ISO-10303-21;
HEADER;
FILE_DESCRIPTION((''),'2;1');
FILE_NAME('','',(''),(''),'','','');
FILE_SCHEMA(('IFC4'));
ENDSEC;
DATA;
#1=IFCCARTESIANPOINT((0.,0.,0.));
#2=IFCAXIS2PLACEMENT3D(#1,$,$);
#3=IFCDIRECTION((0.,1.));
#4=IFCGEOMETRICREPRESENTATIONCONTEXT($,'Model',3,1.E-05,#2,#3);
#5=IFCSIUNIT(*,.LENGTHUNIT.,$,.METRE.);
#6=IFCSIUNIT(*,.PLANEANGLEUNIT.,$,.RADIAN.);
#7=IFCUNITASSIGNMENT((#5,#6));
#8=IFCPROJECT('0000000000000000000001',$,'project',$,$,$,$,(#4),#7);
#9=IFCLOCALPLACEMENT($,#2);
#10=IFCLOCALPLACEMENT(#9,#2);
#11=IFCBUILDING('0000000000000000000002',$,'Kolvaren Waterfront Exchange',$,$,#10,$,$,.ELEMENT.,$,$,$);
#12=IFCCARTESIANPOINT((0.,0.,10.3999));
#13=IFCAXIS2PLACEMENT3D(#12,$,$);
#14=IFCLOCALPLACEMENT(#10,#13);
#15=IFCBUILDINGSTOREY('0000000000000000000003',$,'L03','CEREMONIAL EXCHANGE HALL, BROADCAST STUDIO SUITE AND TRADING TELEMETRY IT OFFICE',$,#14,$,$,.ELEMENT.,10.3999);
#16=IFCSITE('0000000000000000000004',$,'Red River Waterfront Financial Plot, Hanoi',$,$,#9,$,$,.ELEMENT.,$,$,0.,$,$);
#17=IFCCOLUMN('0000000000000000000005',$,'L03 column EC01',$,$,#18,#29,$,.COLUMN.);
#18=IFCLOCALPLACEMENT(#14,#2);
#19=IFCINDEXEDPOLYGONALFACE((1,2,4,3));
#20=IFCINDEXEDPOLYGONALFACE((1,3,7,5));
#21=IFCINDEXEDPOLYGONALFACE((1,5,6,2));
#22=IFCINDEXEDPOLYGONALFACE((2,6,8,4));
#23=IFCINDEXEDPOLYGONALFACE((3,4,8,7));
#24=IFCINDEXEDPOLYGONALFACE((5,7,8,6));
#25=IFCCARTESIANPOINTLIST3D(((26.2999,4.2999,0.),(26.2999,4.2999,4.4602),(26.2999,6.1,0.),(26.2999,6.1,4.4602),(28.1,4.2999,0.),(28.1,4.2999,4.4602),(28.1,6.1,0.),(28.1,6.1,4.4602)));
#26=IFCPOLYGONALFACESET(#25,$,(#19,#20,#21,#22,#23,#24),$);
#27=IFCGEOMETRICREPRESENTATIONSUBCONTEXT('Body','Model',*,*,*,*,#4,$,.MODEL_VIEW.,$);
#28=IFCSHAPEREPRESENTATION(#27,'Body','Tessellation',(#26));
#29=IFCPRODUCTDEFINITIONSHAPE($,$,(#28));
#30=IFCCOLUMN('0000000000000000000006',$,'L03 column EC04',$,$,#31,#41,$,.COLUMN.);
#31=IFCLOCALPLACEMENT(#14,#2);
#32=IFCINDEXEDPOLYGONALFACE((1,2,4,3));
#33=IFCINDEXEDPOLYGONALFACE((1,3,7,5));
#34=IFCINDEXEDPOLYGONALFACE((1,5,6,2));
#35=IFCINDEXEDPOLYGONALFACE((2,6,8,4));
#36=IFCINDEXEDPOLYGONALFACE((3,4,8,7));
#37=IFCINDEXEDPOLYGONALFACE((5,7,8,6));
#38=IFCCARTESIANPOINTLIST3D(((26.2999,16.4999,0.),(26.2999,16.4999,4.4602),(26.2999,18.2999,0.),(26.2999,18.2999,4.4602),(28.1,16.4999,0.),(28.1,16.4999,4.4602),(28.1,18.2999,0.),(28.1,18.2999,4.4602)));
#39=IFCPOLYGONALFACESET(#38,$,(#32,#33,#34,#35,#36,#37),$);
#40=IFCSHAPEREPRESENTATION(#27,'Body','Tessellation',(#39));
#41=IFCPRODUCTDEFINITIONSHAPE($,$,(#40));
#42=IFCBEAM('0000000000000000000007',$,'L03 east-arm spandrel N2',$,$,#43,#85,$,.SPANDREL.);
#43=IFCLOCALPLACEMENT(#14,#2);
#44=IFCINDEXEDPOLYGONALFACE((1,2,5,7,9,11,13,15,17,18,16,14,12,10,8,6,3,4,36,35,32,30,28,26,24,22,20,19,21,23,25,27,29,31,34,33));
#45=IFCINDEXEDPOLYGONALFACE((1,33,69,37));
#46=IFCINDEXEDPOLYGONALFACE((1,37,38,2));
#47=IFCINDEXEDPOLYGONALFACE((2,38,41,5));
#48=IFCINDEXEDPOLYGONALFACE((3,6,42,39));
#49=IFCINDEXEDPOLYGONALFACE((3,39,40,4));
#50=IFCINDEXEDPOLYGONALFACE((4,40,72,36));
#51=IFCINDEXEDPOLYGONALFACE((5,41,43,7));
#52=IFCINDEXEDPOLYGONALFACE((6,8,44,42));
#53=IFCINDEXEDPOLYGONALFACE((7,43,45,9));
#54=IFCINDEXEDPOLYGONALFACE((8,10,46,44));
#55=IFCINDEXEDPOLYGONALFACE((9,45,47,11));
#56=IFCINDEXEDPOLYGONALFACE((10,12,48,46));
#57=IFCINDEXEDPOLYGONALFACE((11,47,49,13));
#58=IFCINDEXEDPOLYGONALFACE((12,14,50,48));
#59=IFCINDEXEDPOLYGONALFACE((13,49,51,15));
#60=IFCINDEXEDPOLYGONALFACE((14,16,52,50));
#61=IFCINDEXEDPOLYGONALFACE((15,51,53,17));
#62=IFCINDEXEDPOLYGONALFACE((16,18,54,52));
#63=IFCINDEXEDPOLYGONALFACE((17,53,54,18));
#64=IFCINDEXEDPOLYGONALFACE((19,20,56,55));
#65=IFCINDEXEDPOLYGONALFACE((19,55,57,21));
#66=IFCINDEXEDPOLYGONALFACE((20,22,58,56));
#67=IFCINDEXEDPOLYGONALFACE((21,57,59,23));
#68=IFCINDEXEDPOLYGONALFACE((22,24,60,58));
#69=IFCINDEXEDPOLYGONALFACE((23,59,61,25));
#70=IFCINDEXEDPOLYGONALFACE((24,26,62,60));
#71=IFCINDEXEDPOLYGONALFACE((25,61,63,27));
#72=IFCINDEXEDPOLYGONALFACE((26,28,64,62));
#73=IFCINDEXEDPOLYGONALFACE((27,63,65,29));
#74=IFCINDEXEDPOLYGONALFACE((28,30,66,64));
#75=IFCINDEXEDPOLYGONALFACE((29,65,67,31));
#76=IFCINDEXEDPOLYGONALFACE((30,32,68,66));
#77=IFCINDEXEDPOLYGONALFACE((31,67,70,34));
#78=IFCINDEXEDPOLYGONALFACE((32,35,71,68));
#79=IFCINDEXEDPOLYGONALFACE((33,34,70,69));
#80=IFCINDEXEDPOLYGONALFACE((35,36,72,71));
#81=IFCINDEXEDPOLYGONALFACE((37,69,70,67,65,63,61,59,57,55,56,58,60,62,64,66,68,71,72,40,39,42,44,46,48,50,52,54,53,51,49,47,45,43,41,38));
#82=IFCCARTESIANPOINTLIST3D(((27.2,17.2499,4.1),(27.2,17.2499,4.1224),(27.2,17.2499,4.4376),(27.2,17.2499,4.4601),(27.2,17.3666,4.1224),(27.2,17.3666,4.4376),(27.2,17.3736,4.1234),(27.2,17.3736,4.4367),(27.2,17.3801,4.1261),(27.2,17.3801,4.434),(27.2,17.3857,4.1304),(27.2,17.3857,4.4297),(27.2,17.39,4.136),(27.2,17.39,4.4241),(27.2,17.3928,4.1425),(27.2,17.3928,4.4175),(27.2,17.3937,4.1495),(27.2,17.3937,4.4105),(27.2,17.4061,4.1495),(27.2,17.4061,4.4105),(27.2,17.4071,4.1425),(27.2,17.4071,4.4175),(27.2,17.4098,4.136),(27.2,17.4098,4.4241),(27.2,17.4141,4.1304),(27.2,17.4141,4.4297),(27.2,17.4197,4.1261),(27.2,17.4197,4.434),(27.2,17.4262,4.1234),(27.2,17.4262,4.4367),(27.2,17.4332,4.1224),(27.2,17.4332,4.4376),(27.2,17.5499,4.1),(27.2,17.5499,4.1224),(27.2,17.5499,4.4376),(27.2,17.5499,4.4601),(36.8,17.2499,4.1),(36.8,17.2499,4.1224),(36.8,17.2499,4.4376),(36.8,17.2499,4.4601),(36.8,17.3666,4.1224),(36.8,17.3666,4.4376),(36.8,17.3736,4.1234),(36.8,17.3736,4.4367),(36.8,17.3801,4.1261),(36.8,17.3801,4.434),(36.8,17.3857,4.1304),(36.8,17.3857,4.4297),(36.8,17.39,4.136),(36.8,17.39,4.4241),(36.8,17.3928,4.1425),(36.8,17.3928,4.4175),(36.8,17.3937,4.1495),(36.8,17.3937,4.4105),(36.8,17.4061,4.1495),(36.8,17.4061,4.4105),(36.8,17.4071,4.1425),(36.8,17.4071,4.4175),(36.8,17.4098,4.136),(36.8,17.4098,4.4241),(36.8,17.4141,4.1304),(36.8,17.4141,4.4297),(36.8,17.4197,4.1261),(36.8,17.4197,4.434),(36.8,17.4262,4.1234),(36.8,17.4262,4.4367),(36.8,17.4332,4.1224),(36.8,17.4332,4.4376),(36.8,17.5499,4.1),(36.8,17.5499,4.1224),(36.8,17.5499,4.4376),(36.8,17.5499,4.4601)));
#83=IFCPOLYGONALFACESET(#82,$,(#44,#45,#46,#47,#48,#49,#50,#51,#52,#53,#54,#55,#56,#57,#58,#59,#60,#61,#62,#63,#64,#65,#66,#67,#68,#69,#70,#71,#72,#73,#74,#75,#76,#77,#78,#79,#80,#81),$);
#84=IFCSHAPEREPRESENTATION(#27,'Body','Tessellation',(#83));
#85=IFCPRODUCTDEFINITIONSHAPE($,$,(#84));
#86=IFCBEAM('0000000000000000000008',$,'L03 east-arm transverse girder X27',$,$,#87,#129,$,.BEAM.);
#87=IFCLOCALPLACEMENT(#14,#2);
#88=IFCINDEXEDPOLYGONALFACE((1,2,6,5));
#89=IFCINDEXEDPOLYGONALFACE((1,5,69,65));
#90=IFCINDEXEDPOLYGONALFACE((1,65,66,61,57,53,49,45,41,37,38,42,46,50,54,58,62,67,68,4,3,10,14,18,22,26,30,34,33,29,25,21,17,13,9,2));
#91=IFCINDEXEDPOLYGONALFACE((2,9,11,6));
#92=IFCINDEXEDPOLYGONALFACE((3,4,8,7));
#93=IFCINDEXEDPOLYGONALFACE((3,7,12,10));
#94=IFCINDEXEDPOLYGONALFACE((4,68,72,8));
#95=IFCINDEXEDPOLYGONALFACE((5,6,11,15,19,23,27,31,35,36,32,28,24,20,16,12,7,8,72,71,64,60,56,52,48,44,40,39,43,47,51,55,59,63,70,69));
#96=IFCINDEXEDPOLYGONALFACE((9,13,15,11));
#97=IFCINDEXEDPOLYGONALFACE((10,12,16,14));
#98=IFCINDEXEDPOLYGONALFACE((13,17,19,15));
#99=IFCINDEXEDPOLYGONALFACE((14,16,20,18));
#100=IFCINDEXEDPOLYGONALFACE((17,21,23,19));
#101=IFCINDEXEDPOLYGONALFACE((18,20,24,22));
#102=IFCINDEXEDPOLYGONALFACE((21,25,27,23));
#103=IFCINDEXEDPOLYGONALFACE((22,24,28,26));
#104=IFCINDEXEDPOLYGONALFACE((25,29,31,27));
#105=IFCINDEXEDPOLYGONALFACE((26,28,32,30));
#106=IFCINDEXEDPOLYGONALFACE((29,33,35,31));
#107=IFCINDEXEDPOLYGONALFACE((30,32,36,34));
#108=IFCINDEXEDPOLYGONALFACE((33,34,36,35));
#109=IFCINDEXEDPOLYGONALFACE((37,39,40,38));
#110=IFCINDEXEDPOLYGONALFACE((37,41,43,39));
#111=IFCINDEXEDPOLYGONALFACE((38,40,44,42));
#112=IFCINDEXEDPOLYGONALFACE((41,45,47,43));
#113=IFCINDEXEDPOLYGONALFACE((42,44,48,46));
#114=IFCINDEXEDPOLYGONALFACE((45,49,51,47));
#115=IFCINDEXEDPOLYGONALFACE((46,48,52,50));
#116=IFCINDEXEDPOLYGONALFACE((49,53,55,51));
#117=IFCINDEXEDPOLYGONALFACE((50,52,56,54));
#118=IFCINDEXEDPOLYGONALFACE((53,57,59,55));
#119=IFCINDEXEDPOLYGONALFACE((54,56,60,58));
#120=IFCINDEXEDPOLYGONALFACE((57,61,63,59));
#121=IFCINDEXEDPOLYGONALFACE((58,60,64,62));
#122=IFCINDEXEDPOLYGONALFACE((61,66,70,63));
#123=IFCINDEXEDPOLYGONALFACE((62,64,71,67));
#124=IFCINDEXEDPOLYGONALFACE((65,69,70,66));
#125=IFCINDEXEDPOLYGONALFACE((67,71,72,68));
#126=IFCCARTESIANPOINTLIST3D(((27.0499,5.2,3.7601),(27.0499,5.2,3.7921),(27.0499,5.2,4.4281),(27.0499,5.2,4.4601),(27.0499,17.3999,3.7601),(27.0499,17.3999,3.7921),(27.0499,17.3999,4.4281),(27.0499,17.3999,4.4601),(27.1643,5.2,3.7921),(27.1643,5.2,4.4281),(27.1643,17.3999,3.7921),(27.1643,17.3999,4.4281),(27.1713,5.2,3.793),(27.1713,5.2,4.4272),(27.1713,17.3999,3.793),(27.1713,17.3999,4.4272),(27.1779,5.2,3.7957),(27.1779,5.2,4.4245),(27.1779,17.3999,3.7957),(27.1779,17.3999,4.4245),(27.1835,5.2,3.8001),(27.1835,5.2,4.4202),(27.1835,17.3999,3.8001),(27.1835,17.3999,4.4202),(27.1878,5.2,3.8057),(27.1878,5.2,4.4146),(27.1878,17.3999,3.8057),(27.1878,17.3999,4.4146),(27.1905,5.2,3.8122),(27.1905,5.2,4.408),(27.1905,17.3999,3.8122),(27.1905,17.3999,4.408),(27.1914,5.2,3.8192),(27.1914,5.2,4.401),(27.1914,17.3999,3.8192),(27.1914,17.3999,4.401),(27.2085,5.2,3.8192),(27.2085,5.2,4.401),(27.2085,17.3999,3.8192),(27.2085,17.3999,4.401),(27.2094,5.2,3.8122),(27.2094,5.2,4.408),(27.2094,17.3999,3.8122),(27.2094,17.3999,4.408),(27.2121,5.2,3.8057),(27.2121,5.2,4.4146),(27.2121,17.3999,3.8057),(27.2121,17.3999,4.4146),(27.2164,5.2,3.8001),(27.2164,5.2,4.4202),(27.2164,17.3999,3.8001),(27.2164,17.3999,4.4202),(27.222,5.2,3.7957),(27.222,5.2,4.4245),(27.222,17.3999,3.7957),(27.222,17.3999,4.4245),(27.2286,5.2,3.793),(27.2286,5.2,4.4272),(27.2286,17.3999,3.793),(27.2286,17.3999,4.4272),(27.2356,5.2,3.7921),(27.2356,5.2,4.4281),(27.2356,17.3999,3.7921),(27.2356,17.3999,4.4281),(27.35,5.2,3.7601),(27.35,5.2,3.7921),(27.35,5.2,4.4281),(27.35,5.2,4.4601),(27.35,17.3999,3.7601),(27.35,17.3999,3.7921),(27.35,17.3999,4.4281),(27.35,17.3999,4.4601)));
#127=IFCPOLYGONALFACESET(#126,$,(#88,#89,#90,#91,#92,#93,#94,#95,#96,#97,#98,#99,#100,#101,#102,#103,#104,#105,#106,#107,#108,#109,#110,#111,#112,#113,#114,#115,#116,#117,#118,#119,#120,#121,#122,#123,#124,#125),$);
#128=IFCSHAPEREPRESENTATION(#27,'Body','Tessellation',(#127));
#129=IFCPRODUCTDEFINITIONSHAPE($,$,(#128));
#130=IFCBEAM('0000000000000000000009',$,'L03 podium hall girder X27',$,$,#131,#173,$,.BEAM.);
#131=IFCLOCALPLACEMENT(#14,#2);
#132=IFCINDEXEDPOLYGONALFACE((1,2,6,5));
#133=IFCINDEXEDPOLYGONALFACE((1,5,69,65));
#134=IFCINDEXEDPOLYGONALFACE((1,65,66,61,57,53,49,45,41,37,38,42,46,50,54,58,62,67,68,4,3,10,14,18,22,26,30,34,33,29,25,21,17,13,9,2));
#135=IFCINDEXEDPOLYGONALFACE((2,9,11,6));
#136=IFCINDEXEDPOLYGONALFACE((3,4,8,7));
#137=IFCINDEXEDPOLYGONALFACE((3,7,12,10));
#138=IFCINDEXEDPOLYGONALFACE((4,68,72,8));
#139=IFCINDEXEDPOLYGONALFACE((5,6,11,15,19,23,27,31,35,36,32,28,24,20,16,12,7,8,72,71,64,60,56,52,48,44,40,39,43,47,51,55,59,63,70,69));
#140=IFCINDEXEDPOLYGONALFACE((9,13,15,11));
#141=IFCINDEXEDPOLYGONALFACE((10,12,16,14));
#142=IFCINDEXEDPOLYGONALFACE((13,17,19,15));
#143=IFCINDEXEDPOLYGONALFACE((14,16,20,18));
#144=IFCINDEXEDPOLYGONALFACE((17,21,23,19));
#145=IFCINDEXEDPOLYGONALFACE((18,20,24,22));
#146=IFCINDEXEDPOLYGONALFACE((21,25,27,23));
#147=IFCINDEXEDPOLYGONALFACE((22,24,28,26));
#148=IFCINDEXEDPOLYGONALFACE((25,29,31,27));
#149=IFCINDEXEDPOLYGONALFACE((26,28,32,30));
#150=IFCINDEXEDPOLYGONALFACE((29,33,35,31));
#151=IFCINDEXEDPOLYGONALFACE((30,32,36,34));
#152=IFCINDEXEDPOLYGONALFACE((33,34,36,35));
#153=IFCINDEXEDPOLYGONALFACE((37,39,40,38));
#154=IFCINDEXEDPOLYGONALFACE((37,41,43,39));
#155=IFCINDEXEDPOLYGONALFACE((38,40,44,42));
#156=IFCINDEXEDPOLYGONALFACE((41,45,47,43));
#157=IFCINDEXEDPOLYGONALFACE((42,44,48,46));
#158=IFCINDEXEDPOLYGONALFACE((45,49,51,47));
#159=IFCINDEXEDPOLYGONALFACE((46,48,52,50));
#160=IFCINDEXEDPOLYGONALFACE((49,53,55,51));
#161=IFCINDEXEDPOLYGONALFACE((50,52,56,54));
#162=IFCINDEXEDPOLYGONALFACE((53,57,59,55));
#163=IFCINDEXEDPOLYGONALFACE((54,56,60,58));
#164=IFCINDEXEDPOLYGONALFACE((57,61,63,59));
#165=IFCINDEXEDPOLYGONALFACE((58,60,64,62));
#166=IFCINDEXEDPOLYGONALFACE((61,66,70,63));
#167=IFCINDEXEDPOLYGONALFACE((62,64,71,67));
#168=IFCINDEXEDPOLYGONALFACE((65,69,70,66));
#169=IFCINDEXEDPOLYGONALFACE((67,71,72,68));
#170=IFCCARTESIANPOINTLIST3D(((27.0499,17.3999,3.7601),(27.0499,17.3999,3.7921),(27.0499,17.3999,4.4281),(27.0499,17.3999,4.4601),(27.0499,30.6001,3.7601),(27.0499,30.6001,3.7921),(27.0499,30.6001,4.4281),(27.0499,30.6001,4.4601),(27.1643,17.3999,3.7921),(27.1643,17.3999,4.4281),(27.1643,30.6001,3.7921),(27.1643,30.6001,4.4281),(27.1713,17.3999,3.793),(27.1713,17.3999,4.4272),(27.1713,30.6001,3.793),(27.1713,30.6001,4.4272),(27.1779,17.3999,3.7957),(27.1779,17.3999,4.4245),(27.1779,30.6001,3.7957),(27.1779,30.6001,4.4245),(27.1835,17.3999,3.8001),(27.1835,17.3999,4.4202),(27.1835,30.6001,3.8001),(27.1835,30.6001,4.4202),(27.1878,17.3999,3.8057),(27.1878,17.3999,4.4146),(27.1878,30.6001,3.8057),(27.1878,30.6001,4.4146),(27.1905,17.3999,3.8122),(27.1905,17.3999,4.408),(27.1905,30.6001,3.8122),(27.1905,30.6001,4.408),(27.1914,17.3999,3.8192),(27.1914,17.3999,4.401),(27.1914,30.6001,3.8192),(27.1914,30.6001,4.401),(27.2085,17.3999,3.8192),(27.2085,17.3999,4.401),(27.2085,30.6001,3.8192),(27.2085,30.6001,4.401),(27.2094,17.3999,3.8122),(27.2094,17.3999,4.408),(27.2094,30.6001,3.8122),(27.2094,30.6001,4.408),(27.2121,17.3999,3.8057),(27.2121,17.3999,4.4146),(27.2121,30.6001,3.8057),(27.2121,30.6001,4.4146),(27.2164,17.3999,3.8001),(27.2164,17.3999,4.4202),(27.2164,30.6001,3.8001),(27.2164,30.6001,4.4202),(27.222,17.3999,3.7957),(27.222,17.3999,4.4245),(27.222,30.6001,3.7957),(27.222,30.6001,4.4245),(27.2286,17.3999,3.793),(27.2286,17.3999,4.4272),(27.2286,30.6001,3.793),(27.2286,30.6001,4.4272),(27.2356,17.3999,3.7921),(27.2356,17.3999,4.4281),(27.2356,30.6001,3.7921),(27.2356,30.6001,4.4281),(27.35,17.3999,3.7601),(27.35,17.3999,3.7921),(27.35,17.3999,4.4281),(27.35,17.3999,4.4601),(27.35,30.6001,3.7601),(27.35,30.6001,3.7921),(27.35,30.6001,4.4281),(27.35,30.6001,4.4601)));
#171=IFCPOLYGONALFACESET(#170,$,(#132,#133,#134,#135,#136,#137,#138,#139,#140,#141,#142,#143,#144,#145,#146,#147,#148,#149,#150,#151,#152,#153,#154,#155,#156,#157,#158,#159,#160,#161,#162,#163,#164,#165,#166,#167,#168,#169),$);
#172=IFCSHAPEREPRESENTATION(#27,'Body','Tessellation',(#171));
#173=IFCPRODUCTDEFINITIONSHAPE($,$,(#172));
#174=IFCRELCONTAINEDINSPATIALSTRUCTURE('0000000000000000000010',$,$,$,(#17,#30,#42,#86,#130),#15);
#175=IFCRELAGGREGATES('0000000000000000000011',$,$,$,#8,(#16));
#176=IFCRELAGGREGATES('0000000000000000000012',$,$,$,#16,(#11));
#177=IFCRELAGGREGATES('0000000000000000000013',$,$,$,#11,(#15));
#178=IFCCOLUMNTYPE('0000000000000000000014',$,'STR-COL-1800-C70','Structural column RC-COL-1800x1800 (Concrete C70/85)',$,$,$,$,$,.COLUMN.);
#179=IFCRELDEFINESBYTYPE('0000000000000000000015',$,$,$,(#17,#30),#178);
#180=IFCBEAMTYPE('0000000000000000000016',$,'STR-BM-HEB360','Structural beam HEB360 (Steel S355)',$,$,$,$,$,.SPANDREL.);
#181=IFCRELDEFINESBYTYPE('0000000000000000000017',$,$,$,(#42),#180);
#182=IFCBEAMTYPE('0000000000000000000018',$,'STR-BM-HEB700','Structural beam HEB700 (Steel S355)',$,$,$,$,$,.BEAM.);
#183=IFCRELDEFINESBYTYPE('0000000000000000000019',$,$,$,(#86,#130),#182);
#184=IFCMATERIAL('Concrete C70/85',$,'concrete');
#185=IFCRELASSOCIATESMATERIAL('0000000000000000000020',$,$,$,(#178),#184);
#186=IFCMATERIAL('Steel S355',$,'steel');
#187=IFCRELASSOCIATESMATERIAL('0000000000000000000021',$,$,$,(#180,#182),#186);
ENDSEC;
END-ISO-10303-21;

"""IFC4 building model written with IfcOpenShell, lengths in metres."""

from ifc_helpers import new_model, si_unit, direction, frame, origin, origin_2d, place, context, subcontext, project, spatial, rectangle, i_section, extrude, material, material_profile, profile_set, type_object, element, save


model = new_model("IFC4")

# Units and contexts
model_context = context("Model", 3, precision=1e-05, world=origin(), true_north=direction((0.0, 1.0)))
body_context = subcontext(model_context, "Body", "Model", "MODEL_VIEW")
ifc_project = project(units=[si_unit("LENGTHUNIT", "METRE"), si_unit("PLANEANGLEUNIT", "RADIAN")], contexts=[model_context])

# Site, building, storey
site_placement = place(None, origin())
site = spatial("IfcSite", under=ifc_project, at=site_placement, Name="Red River Waterfront Financial Plot, Hanoi", CompositionType="ELEMENT", RefElevation=0.0)
building_placement = place(site_placement, origin())
building = spatial("IfcBuilding", under=site, at=building_placement, Name="Kolvaren Waterfront Exchange", CompositionType="ELEMENT")
storey_placement = place(building_placement, frame((0.0, 0.0, 10.3999)))
storey = spatial("IfcBuildingStorey", under=building, at=storey_placement, Name="L03", Description="CEREMONIAL EXCHANGE HALL, BROADCAST STUDIO SUITE AND TRADING TELEMETRY IT OFFICE", CompositionType="ELEMENT", Elevation=10.3999)

# Columns
ifc_material_1 = material(Name="Concrete C70/85", Category="concrete")
ifc_material_profile_1 = material_profile(ifc_material_1, rectangle(XDim=1.8, YDim=1.8, at=origin_2d()), Name="RC-COL-1800x1800")
ifc_profile_set_1 = profile_set([ifc_material_profile_1], Name="Concrete C70/85")
column_type = type_object("IfcColumnType", Name="STR-COL-1800-C70", Description="Structural column RC-COL-1800x1800 (Concrete C70/85)", PredefinedType="COLUMN", material=ifc_profile_set_1)
for number, where, z_axis, x_axis, name in (
    (1, (27.2, 5.2, 0.0), (0.0, 0.0, 1.0), (1.0, 0.0, 0.0), "L03 column EC01"),
    (2, (27.2, 17.3999, 0.0), (0.0, 0.0, 1.0), (1.0, 0.0, 0.0), "L03 column EC04"),
):
    element("IfcColumn", number, at=place(storey_placement, frame(where, z_axis=z_axis, x_axis=x_axis)), inside=storey, type_object=column_type, Name=name, PredefinedType="COLUMN", context=body_context, shape_type="SweptSolid", body=[
        extrude(rectangle(XDim=1.8, YDim=1.8, at=origin_2d()), origin(), (0.0, 0.0, 1.0), 4.4602),
    ])

# Beams
ifc_material_2 = material(Name="Steel S355", Category="steel")
ifc_material_profile_2 = material_profile(ifc_material_2, i_section(OverallWidth=0.3, OverallDepth=0.3601, WebThickness=0.0125, FlangeThickness=0.0225, FilletRadius=0.0271, at=origin_2d()), Name="HEB360")
ifc_profile_set_2 = profile_set([ifc_material_profile_2], Name="Steel S355")
beam_type_1 = type_object("IfcBeamType", Name="STR-BM-HEB360", Description="Structural beam HEB360 (Steel S355)", PredefinedType="SPANDREL", material=ifc_profile_set_2)
beam_1_placement = place(storey_placement, frame((27.2, 17.3999, 4.28), z_axis=(1.0, 0.0, 0.0), x_axis=(0.0, 1.0, 0.0)))
element("IfcBeam", 3, at=beam_1_placement, inside=storey, type_object=beam_type_1, Name="L03 east-arm spandrel N2", PredefinedType="SPANDREL", context=body_context, shape_type="SweptSolid", body=[
    extrude(i_section(OverallWidth=0.3, OverallDepth=0.3601, WebThickness=0.0125, FlangeThickness=0.0225, FilletRadius=0.0271, at=origin_2d()), origin(), (0.0, 0.0, 1.0), 9.6001),
])
ifc_material_profile_3 = material_profile(ifc_material_2, i_section(OverallWidth=0.3, OverallDepth=0.7, WebThickness=0.0171, FlangeThickness=0.032, FilletRadius=0.0271, at=origin_2d()), Name="HEB700")
ifc_profile_set_3 = profile_set([ifc_material_profile_3], Name="Steel S355")
beam_type_2 = type_object("IfcBeamType", Name="STR-BM-HEB700", Description="Structural beam HEB700 (Steel S355)", PredefinedType="BEAM", material=ifc_profile_set_3)
beam_2_placement = place(storey_placement, frame((27.2, 5.2, 4.1101), z_axis=(0.0, 1.0, 0.0), x_axis=(-1.0, 0.0, 0.0)))
element("IfcBeam", 4, at=beam_2_placement, inside=storey, type_object=beam_type_2, Name="L03 east-arm transverse girder X27", PredefinedType="BEAM", context=body_context, shape_type="SweptSolid", body=[
    extrude(i_section(OverallWidth=0.3, OverallDepth=0.7, WebThickness=0.0171, FlangeThickness=0.032, FilletRadius=0.0271, at=origin_2d()), origin(), (0.0, 0.0, 1.0), 12.2),
])
beam_3_placement = place(storey_placement, frame((27.2, 17.3999, 4.1101), z_axis=(0.0, 1.0, 0.0), x_axis=(-1.0, 0.0, 0.0)))
element("IfcBeam", 5, at=beam_3_placement, inside=storey, type_object=beam_type_2, Name="L03 podium hall girder X27", PredefinedType="BEAM", context=body_context, shape_type="SweptSolid", body=[
    extrude(i_section(OverallWidth=0.3, OverallDepth=0.7, WebThickness=0.0171, FlangeThickness=0.032, FilletRadius=0.0271, at=origin_2d()), origin(), (0.0, 0.0, 1.0), 13.2002),
])

save(model, "model.ifc")
